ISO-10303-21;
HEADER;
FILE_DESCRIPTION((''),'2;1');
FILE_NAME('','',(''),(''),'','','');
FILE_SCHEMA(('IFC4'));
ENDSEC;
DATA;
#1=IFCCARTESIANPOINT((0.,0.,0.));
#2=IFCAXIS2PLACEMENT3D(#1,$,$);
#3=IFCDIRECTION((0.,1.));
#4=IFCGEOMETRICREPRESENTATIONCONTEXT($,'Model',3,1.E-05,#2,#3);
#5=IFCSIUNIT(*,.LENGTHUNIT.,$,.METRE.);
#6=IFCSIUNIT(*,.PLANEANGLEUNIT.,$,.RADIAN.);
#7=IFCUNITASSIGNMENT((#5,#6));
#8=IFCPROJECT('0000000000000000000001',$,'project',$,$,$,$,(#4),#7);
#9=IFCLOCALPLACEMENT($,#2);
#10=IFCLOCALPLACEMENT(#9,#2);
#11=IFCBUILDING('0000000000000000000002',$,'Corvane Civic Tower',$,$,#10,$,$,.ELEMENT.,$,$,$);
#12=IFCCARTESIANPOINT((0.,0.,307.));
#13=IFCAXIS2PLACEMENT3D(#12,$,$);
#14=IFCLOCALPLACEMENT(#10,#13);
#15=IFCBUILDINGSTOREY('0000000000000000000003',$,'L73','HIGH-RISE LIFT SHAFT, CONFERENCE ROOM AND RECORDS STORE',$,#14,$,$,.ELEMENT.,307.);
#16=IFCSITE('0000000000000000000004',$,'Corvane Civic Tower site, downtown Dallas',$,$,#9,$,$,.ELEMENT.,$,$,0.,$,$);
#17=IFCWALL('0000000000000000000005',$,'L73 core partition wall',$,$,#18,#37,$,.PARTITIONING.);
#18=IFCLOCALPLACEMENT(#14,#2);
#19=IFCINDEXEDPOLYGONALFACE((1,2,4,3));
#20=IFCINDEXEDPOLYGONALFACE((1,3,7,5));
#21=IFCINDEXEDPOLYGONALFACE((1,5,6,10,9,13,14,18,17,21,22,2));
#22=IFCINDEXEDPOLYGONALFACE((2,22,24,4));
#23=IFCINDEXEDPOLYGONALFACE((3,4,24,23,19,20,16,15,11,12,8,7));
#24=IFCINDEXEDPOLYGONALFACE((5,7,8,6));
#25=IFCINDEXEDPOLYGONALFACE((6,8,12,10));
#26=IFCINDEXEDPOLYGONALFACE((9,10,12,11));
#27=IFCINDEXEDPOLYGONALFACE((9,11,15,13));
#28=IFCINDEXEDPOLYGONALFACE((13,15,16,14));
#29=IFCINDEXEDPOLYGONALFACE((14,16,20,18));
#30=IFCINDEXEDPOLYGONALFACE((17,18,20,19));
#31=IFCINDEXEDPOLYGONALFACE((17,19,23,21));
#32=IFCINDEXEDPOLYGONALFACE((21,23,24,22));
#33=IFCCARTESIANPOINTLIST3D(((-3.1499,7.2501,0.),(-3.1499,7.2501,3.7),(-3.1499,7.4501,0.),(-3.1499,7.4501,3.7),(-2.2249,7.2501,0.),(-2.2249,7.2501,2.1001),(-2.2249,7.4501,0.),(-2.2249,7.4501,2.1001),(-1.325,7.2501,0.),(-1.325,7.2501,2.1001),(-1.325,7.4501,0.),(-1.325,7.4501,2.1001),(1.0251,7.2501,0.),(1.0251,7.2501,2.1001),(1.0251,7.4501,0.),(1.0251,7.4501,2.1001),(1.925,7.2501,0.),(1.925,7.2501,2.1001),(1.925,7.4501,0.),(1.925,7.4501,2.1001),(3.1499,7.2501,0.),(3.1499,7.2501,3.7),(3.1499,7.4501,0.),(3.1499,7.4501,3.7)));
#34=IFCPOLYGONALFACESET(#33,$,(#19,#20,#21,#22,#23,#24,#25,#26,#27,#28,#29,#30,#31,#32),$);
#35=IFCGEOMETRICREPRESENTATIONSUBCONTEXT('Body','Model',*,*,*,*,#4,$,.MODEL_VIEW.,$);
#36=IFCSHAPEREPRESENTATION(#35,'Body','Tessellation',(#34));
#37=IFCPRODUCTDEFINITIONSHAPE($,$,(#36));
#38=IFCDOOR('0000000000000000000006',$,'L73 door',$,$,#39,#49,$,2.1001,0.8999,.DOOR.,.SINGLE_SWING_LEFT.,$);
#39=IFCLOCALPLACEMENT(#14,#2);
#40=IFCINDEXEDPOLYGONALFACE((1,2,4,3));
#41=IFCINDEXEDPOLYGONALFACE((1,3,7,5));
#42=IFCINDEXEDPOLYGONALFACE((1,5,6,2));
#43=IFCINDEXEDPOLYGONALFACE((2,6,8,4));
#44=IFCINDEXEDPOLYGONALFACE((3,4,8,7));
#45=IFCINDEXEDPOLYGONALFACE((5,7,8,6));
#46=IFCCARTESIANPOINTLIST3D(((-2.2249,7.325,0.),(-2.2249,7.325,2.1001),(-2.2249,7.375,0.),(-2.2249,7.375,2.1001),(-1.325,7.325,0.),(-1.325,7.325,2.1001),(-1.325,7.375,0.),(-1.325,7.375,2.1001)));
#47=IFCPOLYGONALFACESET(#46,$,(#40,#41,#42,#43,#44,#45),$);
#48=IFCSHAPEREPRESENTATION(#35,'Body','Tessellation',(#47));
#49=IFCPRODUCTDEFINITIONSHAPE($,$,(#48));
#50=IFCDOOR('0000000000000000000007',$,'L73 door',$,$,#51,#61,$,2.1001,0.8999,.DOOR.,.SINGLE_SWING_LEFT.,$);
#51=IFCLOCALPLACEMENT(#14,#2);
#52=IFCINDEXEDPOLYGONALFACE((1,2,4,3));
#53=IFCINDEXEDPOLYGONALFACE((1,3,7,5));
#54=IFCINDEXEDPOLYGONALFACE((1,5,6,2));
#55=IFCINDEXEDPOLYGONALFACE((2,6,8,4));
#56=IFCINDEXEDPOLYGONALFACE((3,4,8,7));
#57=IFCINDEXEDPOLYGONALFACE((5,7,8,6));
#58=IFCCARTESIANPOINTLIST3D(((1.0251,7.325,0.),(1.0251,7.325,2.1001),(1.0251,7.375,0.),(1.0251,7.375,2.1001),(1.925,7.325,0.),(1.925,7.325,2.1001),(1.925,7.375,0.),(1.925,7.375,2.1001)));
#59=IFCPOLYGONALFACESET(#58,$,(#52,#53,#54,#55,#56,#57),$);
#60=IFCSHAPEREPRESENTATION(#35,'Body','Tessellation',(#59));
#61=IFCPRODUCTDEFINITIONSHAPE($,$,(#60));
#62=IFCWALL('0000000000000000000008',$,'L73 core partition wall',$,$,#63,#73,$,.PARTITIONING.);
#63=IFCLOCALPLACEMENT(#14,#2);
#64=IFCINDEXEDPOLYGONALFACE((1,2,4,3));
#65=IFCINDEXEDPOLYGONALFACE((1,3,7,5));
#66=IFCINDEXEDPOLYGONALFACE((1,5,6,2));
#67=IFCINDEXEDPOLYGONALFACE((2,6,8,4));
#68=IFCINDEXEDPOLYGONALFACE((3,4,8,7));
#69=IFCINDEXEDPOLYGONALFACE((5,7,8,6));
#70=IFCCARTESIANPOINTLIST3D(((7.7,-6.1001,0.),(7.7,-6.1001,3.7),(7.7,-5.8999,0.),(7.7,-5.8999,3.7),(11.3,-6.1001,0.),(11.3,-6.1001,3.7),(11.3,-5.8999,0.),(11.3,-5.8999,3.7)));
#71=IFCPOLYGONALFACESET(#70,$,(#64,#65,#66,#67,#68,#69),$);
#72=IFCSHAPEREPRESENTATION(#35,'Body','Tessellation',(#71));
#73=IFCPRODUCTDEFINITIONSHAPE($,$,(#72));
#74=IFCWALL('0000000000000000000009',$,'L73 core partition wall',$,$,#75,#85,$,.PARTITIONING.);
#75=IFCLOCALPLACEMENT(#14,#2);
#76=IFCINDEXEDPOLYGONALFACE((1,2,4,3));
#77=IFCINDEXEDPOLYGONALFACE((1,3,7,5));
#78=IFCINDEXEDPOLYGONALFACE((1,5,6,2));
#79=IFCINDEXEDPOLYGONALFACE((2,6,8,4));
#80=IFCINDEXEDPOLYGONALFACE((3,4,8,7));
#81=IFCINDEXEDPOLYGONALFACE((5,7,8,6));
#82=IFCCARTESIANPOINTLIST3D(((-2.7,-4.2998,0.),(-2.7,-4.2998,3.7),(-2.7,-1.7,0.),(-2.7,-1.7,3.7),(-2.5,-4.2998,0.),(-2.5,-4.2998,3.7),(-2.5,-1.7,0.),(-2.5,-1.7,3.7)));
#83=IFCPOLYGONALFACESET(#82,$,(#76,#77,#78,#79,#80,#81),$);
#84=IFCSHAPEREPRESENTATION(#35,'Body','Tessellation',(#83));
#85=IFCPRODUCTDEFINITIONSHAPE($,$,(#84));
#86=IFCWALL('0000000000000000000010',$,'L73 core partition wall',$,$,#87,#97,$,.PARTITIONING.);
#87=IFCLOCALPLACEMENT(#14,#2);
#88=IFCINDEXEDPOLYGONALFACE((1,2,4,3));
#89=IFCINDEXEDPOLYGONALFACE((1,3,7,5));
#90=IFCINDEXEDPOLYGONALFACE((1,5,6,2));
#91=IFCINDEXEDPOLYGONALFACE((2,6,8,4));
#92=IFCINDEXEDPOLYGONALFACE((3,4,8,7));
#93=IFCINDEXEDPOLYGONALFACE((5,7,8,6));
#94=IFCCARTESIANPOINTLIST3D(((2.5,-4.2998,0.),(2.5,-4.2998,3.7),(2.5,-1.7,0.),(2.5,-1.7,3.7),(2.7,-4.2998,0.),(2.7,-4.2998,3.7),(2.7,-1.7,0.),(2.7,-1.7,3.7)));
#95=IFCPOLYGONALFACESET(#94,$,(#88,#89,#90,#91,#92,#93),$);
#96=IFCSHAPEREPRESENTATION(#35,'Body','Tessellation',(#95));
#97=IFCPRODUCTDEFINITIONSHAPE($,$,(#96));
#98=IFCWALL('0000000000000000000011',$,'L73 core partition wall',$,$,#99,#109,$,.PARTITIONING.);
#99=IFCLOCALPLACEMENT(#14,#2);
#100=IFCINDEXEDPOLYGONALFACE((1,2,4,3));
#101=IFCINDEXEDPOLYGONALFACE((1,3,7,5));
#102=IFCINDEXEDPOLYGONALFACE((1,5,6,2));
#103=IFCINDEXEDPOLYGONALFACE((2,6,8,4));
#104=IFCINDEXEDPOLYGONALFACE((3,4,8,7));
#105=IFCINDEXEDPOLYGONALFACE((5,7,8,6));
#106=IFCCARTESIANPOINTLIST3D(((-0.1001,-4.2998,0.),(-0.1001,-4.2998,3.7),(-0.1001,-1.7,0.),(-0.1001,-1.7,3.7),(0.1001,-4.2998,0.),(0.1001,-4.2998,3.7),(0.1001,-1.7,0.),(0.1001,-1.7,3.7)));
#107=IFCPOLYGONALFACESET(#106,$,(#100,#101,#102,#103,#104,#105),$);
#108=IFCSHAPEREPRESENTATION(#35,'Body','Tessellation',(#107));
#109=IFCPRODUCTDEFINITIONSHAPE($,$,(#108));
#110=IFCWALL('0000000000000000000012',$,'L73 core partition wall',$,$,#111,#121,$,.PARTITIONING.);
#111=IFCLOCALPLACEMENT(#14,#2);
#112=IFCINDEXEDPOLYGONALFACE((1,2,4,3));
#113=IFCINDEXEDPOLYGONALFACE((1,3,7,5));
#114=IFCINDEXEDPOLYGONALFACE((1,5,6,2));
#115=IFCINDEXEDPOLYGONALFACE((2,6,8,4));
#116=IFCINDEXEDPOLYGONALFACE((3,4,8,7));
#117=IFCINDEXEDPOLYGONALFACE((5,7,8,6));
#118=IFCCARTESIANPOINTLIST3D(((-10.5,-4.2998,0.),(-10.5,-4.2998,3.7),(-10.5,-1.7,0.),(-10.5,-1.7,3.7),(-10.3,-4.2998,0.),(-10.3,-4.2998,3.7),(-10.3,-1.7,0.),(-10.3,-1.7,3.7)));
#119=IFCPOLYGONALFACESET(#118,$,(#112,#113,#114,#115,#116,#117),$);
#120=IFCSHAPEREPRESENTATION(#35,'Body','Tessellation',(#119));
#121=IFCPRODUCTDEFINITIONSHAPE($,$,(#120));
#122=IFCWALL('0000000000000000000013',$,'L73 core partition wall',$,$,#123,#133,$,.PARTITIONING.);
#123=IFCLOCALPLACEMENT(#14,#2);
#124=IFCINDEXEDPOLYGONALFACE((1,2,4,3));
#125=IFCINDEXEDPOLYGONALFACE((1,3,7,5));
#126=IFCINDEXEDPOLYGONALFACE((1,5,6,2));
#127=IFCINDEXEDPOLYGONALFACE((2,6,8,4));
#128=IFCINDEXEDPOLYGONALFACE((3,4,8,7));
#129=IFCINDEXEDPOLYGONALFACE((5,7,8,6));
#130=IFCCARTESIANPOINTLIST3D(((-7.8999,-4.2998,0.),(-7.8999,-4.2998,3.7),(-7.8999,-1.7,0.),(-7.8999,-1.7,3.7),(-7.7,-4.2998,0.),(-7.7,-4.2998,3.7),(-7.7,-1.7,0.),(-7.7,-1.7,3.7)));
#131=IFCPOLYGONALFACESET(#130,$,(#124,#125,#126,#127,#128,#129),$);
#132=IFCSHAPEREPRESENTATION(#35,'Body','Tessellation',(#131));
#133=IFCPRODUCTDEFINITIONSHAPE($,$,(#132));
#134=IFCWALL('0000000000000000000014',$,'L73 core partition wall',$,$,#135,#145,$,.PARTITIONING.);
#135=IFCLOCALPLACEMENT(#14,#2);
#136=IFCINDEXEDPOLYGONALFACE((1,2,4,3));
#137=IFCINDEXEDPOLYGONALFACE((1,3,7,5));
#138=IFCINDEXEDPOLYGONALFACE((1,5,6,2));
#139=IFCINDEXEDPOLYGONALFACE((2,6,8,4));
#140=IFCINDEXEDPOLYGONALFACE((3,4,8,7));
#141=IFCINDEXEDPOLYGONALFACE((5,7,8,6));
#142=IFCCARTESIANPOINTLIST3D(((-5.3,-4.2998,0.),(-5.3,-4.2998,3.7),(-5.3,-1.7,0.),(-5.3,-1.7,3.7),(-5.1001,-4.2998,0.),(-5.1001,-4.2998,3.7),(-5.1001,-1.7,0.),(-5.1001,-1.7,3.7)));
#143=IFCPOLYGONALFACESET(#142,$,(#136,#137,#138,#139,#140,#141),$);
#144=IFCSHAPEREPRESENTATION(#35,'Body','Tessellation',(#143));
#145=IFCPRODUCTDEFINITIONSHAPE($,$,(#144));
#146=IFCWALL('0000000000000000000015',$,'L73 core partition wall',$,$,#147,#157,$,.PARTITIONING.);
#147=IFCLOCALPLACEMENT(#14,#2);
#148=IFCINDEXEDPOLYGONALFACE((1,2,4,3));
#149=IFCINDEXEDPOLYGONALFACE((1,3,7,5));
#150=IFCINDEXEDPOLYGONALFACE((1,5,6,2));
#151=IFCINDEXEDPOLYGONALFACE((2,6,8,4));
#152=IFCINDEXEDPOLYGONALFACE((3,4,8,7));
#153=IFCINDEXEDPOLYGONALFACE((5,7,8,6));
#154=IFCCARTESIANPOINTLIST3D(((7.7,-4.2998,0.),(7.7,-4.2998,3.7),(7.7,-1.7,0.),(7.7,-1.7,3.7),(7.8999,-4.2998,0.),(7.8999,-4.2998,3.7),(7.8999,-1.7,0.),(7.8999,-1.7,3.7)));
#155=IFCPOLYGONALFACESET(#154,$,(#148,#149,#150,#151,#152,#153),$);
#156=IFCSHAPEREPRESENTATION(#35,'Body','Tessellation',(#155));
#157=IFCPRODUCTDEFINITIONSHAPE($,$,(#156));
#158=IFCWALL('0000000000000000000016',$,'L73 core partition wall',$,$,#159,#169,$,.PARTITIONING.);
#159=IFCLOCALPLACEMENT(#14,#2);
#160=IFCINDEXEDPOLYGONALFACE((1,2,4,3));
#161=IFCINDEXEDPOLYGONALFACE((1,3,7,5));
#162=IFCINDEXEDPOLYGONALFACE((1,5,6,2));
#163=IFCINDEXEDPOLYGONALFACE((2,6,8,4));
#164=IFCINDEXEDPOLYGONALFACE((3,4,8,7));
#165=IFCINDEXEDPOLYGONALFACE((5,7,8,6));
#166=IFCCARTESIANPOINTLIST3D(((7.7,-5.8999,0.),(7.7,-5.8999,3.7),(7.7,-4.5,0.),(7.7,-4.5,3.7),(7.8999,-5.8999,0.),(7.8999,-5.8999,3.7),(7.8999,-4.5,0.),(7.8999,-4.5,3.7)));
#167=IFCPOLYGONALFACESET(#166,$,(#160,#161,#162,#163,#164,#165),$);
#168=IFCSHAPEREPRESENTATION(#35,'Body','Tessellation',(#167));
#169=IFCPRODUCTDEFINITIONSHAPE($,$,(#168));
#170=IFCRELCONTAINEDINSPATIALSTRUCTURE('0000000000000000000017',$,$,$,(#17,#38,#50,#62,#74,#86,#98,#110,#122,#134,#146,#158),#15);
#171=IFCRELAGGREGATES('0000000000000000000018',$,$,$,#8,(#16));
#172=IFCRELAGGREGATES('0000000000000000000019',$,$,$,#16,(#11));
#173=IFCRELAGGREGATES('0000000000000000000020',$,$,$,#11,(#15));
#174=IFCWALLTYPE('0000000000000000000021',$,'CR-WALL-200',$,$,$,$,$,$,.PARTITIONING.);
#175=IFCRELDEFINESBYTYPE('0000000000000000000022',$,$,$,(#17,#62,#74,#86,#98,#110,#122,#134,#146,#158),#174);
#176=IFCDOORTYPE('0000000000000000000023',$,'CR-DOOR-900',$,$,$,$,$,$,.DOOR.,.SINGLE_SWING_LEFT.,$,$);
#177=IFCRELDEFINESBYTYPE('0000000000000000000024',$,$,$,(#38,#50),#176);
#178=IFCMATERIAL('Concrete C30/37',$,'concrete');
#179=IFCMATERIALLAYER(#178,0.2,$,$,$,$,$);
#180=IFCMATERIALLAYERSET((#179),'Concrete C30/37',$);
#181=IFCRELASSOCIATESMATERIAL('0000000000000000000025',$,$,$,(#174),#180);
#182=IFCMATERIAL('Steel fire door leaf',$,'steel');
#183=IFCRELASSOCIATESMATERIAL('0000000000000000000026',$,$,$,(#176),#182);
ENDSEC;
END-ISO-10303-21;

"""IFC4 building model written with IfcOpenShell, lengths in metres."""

from ifc_helpers import new_model, si_unit, direction, frame, frame_2d, origin, place, context, subcontext, project, spatial, polyline, rectangle, outline, extrude, material, layer, layer_set, type_object, element, fill, save


model = new_model("IFC4")

# Units and contexts
model_context = context("Model", 3, precision=1e-05, world=origin(), true_north=direction((0.0, 1.0)))
body_context = subcontext(model_context, "Body", "Model", "MODEL_VIEW")
ifc_project = project(units=[si_unit("LENGTHUNIT", "METRE"), si_unit("PLANEANGLEUNIT", "RADIAN")], contexts=[model_context])

# Site, building, storey
site_placement = place(None, origin())
site = spatial("IfcSite", under=ifc_project, at=site_placement, Name="Corvane Civic Tower site, downtown Dallas", CompositionType="ELEMENT", RefElevation=0.0)
building_placement = place(site_placement, origin())
building = spatial("IfcBuilding", under=site, at=building_placement, Name="Corvane Civic Tower", CompositionType="ELEMENT")
storey_placement = place(building_placement, frame((0.0, 0.0, 307.0)))
storey = spatial("IfcBuildingStorey", under=building, at=storey_placement, Name="L73", Description="HIGH-RISE LIFT SHAFT, CONFERENCE ROOM AND RECORDS STORE", CompositionType="ELEMENT", Elevation=307.0)

# Wall, openings, doors
ifc_material_1 = material(Name="Concrete C30/37", Category="concrete")
ifc_layer_1 = layer(ifc_material_1, 0.2)
ifc_layer_set_1 = layer_set([ifc_layer_1], Name="Concrete C30/37")
wall_type_1 = type_object("IfcWallType", Name="CR-WALL-200", PredefinedType="PARTITIONING", material=ifc_layer_set_1)
ifc_material_2 = material(Name="Steel fire door leaf", Category="steel")
door_type_1 = type_object("IfcDoorType", Name="CR-DOOR-900", OperationType="SINGLE_SWING_LEFT", PredefinedType="DOOR", material=ifc_material_2)
wall_1_placement = place(storey_placement, frame((-3.1499, 7.3501, 0.0), z_axis=(0.0, 0.0, 1.0), x_axis=(1.0, 0.0, 0.0)))
wall_1 = element("IfcWall", 1, at=wall_1_placement, inside=storey, type_object=wall_type_1, Name="L73 core partition wall", PredefinedType="PARTITIONING", context=body_context, shape_type="SweptSolid", body=[
    extrude(rectangle(XDim=6.2998, YDim=0.2, at=frame_2d((3.1499, 0.0))), origin(), (0.0, 0.0, 1.0), 3.7),
])
opening_1_placement = place(wall_1_placement, frame((0.925, 0.0, 0.0)))
opening_1 = element("IfcOpeningElement", 2, at=opening_1_placement, cuts=wall_1, PredefinedType="OPENING", context=body_context, shape_type="SweptSolid", body=[
    extrude(rectangle(XDim=0.8999, YDim=2.1001, at=frame_2d((0.45, 1.05))), frame((0.0, 0.1099, 0.0), z_axis=(0.0, -1.0, 0.0), x_axis=(1.0, 0.0, 0.0)), (0.0, 0.0, 1.0), 0.22),
])
opening_2_placement = place(wall_1_placement, frame((4.175, 0.0, 0.0)))
opening_2 = element("IfcOpeningElement", 3, at=opening_2_placement, cuts=wall_1, PredefinedType="OPENING", context=body_context, shape_type="SweptSolid", body=[
    extrude(rectangle(XDim=0.8999, YDim=2.1001, at=frame_2d((0.45, 1.05))), frame((0.0, 0.1099, 0.0), z_axis=(0.0, -1.0, 0.0), x_axis=(1.0, 0.0, 0.0)), (0.0, 0.0, 1.0), 0.22),
])
door_1_placement = place(opening_1_placement, origin())
door_1 = element("IfcDoor", 4, at=door_1_placement, inside=storey, type_object=door_type_1, Name="L73 door", OperationType="SINGLE_SWING_LEFT", OverallHeight=2.1001, OverallWidth=0.8999, PredefinedType="DOOR", context=body_context, shape_type="SweptSolid", body=[
    extrude(rectangle(XDim=0.8999, YDim=2.1001, at=frame_2d((0.45, 1.05))), frame((0.0, 0.0249, 0.0), z_axis=(0.0, -1.0, 0.0), x_axis=(1.0, 0.0, 0.0)), (0.0, 0.0, 1.0), 0.05),
])
fill(opening_1, door_1)
door_2_placement = place(opening_2_placement, origin())
door_2 = element("IfcDoor", 5, at=door_2_placement, inside=storey, type_object=door_type_1, Name="L73 door", OperationType="SINGLE_SWING_LEFT", OverallHeight=2.1001, OverallWidth=0.8999, PredefinedType="DOOR", context=body_context, shape_type="SweptSolid", body=[
    extrude(rectangle(XDim=0.8999, YDim=2.1001, at=frame_2d((0.45, 1.05))), frame((0.0, 0.0249, 0.0), z_axis=(0.0, -1.0, 0.0), x_axis=(1.0, 0.0, 0.0)), (0.0, 0.0, 1.0), 0.05),
])
fill(opening_2, door_2)

# Walls
wall_2_placement = place(storey_placement, origin())
element("IfcWall", 6, at=wall_2_placement, inside=storey, type_object=wall_type_1, Name="L73 core partition wall", PredefinedType="PARTITIONING", context=body_context, shape_type="SweptSolid", body=[
    extrude(outline(polyline([(11.3, -6.1001), (7.7, -6.1001), (7.7, -5.8999), (11.3, -5.8999), (11.3, -6.1001)])), origin(), (0.0, 0.0, 1.0), 3.7),
])
wall_3_placement = place(storey_placement, origin())
element("IfcWall", 7, at=wall_3_placement, inside=storey, type_object=wall_type_1, Name="L73 core partition wall", PredefinedType="PARTITIONING", context=body_context, shape_type="SweptSolid", body=[
    extrude(outline(polyline([(-2.5, -1.7), (-2.5, -4.2998), (-2.7, -4.2998), (-2.7, -1.7), (-2.5, -1.7)])), origin(), (0.0, 0.0, 1.0), 3.7),
])
wall_4_placement = place(storey_placement, origin())
element("IfcWall", 8, at=wall_4_placement, inside=storey, type_object=wall_type_1, Name="L73 core partition wall", PredefinedType="PARTITIONING", context=body_context, shape_type="SweptSolid", body=[
    extrude(outline(polyline([(2.7, -1.7), (2.7, -4.2998), (2.5, -4.2998), (2.5, -1.7), (2.7, -1.7)])), origin(), (0.0, 0.0, 1.0), 3.7),
])
wall_5_placement = place(storey_placement, origin())
element("IfcWall", 9, at=wall_5_placement, inside=storey, type_object=wall_type_1, Name="L73 core partition wall", PredefinedType="PARTITIONING", context=body_context, shape_type="SweptSolid", body=[
    extrude(outline(polyline([(0.1001, -1.7), (0.1001, -4.2998), (-0.1001, -4.2998), (-0.1001, -1.7), (0.1001, -1.7)])), origin(), (0.0, 0.0, 1.0), 3.7),
])
wall_6_placement = place(storey_placement, origin())
element("IfcWall", 10, at=wall_6_placement, inside=storey, type_object=wall_type_1, Name="L73 core partition wall", PredefinedType="PARTITIONING", context=body_context, shape_type="SweptSolid", body=[
    extrude(outline(polyline([(-10.3, -1.7), (-10.3, -4.2998), (-10.5, -4.2998), (-10.5, -1.7), (-10.3, -1.7)])), origin(), (0.0, 0.0, 1.0), 3.7),
])
wall_7_placement = place(storey_placement, origin())
element("IfcWall", 11, at=wall_7_placement, inside=storey, type_object=wall_type_1, Name="L73 core partition wall", PredefinedType="PARTITIONING", context=body_context, shape_type="SweptSolid", body=[
    extrude(outline(polyline([(-7.7, -1.7), (-7.7, -4.2998), (-7.8999, -4.2998), (-7.8999, -1.7), (-7.7, -1.7)])), origin(), (0.0, 0.0, 1.0), 3.7),
])
wall_8_placement = place(storey_placement, origin())
element("IfcWall", 12, at=wall_8_placement, inside=storey, type_object=wall_type_1, Name="L73 core partition wall", PredefinedType="PARTITIONING", context=body_context, shape_type="SweptSolid", body=[
    extrude(outline(polyline([(-5.1001, -1.7), (-5.1001, -4.2998), (-5.3, -4.2998), (-5.3, -1.7), (-5.1001, -1.7)])), origin(), (0.0, 0.0, 1.0), 3.7),
])
wall_9_placement = place(storey_placement, origin())
element("IfcWall", 13, at=wall_9_placement, inside=storey, type_object=wall_type_1, Name="L73 core partition wall", PredefinedType="PARTITIONING", context=body_context, shape_type="SweptSolid", body=[
    extrude(outline(polyline([(7.8999, -1.7), (7.8999, -4.2998), (7.7, -4.2998), (7.7, -1.7), (7.8999, -1.7)])), origin(), (0.0, 0.0, 1.0), 3.7),
])
wall_10_placement = place(storey_placement, origin())
element("IfcWall", 14, at=wall_10_placement, inside=storey, type_object=wall_type_1, Name="L73 core partition wall", PredefinedType="PARTITIONING", context=body_context, shape_type="SweptSolid", body=[
    extrude(outline(polyline([(7.8999, -5.8999), (7.7, -5.8999), (7.7, -4.5), (7.8999, -4.5), (7.8999, -5.8999)])), origin(), (0.0, 0.0, 1.0), 3.7),
])

save(model, "model.ifc")
